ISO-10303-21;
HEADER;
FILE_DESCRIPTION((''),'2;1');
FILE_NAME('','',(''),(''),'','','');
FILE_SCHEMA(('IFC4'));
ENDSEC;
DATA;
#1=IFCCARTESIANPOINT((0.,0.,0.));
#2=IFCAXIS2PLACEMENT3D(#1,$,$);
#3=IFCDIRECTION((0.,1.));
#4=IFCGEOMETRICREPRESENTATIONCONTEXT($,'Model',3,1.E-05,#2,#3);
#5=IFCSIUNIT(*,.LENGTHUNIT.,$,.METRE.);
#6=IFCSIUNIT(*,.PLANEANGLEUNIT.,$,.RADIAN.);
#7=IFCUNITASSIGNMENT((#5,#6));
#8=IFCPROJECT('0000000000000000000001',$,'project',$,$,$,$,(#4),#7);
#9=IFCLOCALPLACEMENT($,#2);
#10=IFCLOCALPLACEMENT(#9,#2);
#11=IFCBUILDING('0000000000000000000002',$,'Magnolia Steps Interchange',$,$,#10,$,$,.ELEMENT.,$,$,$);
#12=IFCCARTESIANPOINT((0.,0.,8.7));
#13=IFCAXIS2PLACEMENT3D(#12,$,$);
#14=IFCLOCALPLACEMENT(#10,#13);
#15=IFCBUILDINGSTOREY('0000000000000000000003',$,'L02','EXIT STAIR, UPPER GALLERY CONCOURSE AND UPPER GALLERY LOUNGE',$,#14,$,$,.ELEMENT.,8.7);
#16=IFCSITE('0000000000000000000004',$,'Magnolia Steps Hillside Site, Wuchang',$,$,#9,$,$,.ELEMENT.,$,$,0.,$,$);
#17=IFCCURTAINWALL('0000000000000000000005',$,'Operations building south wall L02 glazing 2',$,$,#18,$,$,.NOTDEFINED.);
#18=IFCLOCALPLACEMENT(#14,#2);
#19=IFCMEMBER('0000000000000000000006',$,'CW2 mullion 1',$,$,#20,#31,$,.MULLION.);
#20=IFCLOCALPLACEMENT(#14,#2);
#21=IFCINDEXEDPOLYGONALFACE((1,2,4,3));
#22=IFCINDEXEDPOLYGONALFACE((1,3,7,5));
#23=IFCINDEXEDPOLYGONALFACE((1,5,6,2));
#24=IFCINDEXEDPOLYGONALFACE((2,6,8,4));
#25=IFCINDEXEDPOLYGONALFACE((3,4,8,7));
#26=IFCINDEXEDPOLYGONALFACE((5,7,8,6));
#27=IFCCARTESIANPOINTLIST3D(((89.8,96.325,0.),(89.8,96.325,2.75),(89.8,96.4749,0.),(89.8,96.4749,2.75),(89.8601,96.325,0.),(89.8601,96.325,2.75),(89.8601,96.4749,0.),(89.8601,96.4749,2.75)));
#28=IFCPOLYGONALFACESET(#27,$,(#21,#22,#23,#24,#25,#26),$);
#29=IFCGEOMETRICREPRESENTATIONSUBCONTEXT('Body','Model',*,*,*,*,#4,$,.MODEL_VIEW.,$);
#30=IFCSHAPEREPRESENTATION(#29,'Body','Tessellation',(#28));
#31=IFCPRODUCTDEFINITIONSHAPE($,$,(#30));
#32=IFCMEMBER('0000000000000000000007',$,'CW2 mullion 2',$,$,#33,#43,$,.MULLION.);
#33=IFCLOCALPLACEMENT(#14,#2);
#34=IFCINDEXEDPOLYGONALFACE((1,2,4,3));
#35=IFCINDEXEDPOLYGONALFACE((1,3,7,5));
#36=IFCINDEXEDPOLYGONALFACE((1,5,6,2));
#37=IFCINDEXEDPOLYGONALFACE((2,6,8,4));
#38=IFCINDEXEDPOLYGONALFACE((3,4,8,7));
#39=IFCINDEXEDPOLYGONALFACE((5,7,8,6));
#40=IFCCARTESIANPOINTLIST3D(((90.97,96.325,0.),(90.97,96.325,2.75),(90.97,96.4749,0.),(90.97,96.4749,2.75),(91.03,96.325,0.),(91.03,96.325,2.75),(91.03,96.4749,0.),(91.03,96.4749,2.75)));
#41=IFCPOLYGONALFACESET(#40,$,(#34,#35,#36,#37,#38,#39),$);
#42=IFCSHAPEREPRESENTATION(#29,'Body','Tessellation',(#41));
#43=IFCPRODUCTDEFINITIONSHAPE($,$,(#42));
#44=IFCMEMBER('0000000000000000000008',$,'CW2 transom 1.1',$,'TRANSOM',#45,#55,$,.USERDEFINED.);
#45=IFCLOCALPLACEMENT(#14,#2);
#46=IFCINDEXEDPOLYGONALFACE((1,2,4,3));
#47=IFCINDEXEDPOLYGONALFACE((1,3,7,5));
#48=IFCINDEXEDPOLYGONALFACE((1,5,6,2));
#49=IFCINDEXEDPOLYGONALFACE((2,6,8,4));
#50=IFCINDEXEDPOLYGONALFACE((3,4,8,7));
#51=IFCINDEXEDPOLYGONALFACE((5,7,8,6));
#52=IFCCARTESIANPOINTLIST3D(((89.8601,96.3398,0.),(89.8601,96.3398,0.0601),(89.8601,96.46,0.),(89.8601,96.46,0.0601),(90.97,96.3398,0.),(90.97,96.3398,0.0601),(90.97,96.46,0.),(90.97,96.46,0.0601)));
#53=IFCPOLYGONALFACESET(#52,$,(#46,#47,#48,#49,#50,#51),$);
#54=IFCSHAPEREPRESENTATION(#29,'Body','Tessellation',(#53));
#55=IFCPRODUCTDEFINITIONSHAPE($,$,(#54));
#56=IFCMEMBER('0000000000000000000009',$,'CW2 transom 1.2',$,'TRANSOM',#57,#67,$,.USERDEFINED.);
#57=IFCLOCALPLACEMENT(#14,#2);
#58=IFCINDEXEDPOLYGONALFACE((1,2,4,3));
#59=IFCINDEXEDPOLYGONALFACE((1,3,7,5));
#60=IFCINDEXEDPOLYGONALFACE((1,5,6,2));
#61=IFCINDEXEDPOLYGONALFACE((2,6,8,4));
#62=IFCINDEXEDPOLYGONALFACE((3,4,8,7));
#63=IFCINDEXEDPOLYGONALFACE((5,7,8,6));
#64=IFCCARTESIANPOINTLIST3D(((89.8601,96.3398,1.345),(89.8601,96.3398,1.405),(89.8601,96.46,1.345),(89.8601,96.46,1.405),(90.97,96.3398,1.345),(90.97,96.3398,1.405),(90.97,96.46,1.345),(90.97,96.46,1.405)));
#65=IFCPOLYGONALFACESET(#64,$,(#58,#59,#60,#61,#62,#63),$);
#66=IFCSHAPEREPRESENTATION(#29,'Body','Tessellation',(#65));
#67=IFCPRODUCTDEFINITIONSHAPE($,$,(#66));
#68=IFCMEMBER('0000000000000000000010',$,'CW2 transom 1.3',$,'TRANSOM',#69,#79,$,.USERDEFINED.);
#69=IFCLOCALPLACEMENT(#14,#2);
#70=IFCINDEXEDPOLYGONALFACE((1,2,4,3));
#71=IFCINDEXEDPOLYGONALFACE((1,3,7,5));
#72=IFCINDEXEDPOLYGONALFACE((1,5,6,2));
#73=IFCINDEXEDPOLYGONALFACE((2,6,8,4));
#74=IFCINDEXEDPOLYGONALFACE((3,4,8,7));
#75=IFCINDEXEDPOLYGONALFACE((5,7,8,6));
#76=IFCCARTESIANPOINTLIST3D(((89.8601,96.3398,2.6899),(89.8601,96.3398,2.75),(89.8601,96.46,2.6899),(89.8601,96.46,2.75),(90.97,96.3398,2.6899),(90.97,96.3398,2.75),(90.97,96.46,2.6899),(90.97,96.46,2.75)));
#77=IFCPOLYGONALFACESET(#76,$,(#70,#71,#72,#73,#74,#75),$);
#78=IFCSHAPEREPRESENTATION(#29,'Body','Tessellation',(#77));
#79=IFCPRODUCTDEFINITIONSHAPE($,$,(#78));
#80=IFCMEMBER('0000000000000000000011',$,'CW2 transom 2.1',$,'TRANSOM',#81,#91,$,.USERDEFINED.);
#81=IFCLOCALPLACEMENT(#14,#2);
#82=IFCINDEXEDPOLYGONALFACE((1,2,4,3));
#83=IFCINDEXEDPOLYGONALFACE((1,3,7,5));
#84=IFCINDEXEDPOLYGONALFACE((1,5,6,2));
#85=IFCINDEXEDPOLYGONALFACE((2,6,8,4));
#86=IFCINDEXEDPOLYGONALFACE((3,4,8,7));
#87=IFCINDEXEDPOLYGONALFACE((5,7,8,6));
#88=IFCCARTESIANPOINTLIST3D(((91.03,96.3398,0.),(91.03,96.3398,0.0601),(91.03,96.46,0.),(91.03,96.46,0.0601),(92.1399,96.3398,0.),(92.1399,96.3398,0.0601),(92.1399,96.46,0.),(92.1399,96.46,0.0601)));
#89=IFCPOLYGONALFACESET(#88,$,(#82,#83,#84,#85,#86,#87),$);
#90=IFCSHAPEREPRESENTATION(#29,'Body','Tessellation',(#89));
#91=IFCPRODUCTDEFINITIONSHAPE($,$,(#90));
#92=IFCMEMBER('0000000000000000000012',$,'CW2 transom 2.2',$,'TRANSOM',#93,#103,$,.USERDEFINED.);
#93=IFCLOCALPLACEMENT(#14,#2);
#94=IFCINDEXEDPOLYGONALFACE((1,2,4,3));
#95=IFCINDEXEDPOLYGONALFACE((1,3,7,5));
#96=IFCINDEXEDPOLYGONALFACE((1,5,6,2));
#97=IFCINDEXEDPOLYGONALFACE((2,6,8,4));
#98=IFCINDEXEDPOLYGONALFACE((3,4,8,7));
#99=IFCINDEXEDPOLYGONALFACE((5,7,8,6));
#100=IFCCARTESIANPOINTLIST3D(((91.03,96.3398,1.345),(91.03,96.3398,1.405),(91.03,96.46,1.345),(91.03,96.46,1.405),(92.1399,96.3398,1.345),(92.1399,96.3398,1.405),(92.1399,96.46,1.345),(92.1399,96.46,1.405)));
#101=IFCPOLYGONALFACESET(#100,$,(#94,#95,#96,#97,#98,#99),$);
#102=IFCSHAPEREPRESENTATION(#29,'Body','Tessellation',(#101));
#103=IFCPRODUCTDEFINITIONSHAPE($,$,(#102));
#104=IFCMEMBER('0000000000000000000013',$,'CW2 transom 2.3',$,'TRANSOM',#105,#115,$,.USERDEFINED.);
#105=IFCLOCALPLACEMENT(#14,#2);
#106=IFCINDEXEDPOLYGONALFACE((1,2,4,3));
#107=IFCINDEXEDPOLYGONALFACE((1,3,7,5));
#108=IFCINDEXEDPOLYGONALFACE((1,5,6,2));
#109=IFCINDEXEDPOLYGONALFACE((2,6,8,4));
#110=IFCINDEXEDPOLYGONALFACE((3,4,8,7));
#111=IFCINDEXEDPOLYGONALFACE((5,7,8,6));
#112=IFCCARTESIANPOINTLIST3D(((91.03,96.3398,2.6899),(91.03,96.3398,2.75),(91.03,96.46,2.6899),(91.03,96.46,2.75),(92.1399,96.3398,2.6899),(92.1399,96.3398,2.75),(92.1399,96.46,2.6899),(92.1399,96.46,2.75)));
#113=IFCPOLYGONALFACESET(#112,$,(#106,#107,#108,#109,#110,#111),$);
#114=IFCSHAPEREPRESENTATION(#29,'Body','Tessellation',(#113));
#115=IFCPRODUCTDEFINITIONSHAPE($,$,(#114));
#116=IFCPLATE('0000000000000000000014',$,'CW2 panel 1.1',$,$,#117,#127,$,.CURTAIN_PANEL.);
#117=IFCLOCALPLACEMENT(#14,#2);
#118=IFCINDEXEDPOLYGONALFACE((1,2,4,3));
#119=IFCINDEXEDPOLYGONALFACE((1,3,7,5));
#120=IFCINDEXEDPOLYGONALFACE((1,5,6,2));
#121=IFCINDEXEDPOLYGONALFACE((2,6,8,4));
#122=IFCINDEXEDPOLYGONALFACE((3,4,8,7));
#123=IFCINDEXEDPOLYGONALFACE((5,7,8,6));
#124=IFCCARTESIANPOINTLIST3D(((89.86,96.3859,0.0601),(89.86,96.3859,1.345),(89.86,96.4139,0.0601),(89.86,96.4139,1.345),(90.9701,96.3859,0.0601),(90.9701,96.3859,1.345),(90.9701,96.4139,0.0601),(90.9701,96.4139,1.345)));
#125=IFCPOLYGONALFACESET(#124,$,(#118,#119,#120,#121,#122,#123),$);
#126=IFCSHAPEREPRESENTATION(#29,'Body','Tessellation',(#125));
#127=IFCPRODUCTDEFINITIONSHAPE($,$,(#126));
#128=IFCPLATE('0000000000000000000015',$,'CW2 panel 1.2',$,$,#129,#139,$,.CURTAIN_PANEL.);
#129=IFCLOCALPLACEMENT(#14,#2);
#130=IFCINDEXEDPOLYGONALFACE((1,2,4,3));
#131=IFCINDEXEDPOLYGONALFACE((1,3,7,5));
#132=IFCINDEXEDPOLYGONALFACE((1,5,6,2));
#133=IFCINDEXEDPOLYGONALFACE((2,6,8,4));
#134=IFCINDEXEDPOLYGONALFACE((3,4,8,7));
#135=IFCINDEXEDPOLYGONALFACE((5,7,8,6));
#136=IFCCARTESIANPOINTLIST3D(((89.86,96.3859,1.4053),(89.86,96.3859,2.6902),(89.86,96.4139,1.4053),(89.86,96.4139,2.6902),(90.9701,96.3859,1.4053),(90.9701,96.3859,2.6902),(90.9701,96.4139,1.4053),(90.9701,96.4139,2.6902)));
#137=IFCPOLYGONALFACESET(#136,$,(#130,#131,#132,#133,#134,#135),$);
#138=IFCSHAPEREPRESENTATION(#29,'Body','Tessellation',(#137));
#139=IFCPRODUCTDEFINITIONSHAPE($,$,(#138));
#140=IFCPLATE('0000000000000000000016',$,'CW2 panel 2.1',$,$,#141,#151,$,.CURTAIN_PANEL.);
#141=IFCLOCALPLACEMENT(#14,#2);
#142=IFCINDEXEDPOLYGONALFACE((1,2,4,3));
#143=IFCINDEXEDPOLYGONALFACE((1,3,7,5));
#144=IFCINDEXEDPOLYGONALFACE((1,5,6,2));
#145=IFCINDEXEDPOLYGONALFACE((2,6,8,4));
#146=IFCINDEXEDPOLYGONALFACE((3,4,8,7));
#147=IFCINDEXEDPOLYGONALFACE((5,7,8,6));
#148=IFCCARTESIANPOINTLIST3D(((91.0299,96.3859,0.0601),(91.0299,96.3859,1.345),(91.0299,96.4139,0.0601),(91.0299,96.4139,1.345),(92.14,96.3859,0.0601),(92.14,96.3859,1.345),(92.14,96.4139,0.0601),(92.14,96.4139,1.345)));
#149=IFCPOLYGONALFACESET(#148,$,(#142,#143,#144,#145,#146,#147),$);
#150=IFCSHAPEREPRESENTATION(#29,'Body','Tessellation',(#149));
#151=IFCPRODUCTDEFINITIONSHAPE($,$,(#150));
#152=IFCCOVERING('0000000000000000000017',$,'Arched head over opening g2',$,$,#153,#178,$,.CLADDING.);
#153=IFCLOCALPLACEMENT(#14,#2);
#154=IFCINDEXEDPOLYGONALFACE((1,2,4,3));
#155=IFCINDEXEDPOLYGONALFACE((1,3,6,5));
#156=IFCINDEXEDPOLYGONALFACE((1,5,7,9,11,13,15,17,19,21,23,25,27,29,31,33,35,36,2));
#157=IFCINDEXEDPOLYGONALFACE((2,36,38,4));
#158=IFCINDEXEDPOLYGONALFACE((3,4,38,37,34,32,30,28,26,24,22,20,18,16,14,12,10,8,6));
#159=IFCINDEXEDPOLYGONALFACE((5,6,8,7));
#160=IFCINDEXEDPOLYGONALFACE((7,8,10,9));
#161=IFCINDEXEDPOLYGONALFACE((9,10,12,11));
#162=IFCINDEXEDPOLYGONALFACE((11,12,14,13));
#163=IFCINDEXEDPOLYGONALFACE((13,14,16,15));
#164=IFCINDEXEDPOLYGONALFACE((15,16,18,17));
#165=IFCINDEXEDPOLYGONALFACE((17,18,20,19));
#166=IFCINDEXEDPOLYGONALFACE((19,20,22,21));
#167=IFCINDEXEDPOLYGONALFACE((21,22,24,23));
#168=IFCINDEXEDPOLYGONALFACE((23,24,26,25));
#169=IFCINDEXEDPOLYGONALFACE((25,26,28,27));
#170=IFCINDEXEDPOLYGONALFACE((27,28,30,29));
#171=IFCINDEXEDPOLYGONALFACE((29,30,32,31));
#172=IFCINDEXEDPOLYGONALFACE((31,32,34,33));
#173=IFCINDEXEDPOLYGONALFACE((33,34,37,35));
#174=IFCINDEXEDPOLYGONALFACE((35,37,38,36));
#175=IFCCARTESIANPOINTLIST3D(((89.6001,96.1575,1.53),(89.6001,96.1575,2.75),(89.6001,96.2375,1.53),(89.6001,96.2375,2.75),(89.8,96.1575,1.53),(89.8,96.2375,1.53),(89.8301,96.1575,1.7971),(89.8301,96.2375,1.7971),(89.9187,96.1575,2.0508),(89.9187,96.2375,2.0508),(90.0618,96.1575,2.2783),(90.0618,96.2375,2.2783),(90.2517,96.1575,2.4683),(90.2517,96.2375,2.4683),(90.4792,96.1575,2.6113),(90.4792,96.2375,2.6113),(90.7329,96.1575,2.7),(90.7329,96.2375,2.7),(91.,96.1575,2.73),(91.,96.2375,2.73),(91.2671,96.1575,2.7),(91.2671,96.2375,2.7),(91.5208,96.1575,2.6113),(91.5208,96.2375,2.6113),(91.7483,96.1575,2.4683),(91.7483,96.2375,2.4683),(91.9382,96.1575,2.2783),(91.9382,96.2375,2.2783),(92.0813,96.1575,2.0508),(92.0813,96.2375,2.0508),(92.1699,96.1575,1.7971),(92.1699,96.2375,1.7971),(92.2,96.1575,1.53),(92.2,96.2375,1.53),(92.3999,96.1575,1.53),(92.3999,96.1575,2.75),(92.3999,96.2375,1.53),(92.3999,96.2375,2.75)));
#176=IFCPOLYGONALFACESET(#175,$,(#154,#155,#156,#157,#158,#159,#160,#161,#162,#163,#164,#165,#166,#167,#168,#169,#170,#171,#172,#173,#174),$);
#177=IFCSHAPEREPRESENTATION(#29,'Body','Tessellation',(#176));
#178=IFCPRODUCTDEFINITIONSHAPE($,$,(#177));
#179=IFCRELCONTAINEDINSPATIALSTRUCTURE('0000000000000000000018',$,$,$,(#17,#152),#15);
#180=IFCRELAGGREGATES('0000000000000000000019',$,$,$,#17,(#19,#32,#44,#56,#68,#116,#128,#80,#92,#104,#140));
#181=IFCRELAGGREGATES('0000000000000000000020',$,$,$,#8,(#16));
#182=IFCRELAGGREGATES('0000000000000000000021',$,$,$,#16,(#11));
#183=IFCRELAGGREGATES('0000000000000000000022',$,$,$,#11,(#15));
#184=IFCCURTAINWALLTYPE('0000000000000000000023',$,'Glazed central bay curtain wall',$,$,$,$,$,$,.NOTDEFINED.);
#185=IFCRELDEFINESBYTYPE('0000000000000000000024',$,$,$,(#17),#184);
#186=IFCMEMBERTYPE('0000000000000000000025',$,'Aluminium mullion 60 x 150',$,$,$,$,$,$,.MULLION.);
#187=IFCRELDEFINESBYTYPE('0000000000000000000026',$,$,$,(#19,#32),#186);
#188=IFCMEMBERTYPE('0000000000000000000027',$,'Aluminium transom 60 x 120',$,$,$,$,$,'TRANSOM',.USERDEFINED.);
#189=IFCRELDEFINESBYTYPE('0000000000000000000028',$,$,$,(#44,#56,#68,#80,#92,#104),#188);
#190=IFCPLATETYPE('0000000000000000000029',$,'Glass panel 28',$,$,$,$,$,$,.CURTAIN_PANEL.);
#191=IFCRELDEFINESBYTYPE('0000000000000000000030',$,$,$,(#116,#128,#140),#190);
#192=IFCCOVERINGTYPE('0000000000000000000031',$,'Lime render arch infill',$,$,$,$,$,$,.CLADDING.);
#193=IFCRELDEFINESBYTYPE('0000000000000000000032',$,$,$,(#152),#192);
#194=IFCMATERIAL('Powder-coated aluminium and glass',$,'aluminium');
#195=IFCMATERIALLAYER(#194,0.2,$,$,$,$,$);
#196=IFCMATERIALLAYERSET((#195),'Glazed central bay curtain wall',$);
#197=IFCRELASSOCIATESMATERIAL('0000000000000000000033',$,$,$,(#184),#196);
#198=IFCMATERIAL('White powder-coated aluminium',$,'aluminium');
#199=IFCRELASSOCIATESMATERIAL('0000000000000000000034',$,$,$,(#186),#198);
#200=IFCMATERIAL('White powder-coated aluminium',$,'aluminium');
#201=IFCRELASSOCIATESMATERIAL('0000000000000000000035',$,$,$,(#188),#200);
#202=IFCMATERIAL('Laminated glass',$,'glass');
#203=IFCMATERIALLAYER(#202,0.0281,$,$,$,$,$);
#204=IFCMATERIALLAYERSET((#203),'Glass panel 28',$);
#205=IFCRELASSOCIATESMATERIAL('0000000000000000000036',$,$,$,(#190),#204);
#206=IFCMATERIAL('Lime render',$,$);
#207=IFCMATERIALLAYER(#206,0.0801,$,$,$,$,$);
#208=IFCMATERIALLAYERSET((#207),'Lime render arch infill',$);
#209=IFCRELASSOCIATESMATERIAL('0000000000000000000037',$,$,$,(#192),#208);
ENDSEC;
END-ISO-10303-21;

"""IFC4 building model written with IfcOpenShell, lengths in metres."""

from ifc_helpers import new_model, si_unit, direction, frame, origin, origin_2d, place, context, subcontext, project, spatial, polyline, rectangle, outline, extrude, material, layer, layer_set, material_profile, profile_set, type_object, element, aggregate, save


model = new_model("IFC4")

# Units and contexts
model_context = context("Model", 3, precision=1e-05, world=origin(), true_north=direction((0.0, 1.0)))
body_context = subcontext(model_context, "Body", "Model", "MODEL_VIEW")
ifc_project = project(units=[si_unit("LENGTHUNIT", "METRE"), si_unit("PLANEANGLEUNIT", "RADIAN")], contexts=[model_context])

# Site, building, storey
site_placement = place(None, origin())
site = spatial("IfcSite", under=ifc_project, at=site_placement, Name="Magnolia Steps Hillside Site, Wuchang", CompositionType="ELEMENT", RefElevation=0.0)
building_placement = place(site_placement, origin())
building = spatial("IfcBuilding", under=site, at=building_placement, Name="Magnolia Steps Interchange", CompositionType="ELEMENT")
storey_placement = place(building_placement, frame((0.0, 0.0, 8.7)))
storey = spatial("IfcBuildingStorey", under=building, at=storey_placement, Name="L02", Description="EXIT STAIR, UPPER GALLERY CONCOURSE AND UPPER GALLERY LOUNGE", CompositionType="ELEMENT", Elevation=8.7)

# Curtain wall, members, plates
ifc_material_1 = material(Name="Powder-coated aluminium and glass", Category="aluminium")
ifc_layer_1 = layer(ifc_material_1, 0.2)
ifc_layer_set_1 = layer_set([ifc_layer_1], Name="Glazed central bay curtain wall")
curtain_wall_type = type_object("IfcCurtainWallType", Name="Glazed central bay curtain wall", PredefinedType="NOTDEFINED", material=ifc_layer_set_1)
curtain_wall_placement = place(storey_placement, origin())
curtain_wall = element("IfcCurtainWall", 1, at=curtain_wall_placement, inside=storey, type_object=curtain_wall_type, Name="Operations building south wall L02 glazing 2", PredefinedType="NOTDEFINED")
ifc_material_2 = material(Name="White powder-coated aluminium", Category="aluminium")
ifc_material_profile_1 = material_profile(ifc_material_2, rectangle(XDim=0.0601, YDim=0.1499, at=origin_2d()), Name="Aluminium mullion 60 x 150")
ifc_profile_set_1 = profile_set([ifc_material_profile_1], Name="White powder-coated aluminium")
member_type_1 = type_object("IfcMemberType", Name="Aluminium mullion 60 x 150", PredefinedType="MULLION", material=ifc_profile_set_1)
member_1_placement = place(storey_placement, frame((89.8301, 96.3999, 0.0), z_axis=(0.0, 0.0, 1.0), x_axis=(1.0, 0.0, 0.0)))
member_1 = element("IfcMember", 2, at=member_1_placement, type_object=member_type_1, Name="CW2 mullion 1", PredefinedType="MULLION", context=body_context, shape_type="SweptSolid", body=[
    extrude(rectangle(XDim=0.0601, YDim=0.1499, at=origin_2d()), origin(), (0.0, 0.0, 1.0), 2.75),
])
member_2_placement = place(storey_placement, frame((91.0, 96.3999, 0.0), z_axis=(0.0, 0.0, 1.0), x_axis=(1.0, 0.0, 0.0)))
member_2 = element("IfcMember", 3, at=member_2_placement, type_object=member_type_1, Name="CW2 mullion 2", PredefinedType="MULLION", context=body_context, shape_type="SweptSolid", body=[
    extrude(rectangle(XDim=0.0601, YDim=0.1499, at=origin_2d()), origin(), (0.0, 0.0, 1.0), 2.75),
])
ifc_material_3 = material(Name="White powder-coated aluminium", Category="aluminium")
ifc_material_profile_2 = material_profile(ifc_material_3, rectangle(XDim=0.0601, YDim=0.1201, at=origin_2d()), Name="Aluminium transom 60 x 120")
ifc_profile_set_2 = profile_set([ifc_material_profile_2], Name="White powder-coated aluminium")
member_type_2 = type_object("IfcMemberType", Name="Aluminium transom 60 x 120", ElementType="TRANSOM", PredefinedType="USERDEFINED", material=ifc_profile_set_2)
member_3_placement = place(storey_placement, frame((89.8601, 96.3999, 0.03), z_axis=(1.0, 0.0, 0.0), x_axis=(0.0, 0.0, 1.0)))
member_3 = element("IfcMember", 4, at=member_3_placement, type_object=member_type_2, Name="CW2 transom 1.1", ObjectType="TRANSOM", PredefinedType="USERDEFINED", context=body_context, shape_type="SweptSolid", body=[
    extrude(rectangle(XDim=0.0601, YDim=0.1201, at=origin_2d()), origin(), (0.0, 0.0, 1.0), 1.1099),
])
member_4_placement = place(storey_placement, frame((89.8601, 96.3999, 1.375), z_axis=(1.0, 0.0, 0.0), x_axis=(0.0, 0.0, 1.0)))
member_4 = element("IfcMember", 5, at=member_4_placement, type_object=member_type_2, Name="CW2 transom 1.2", ObjectType="TRANSOM", PredefinedType="USERDEFINED", context=body_context, shape_type="SweptSolid", body=[
    extrude(rectangle(XDim=0.0601, YDim=0.1201, at=origin_2d()), origin(), (0.0, 0.0, 1.0), 1.1099),
])
member_5_placement = place(storey_placement, frame((89.8601, 96.3999, 2.72), z_axis=(1.0, 0.0, 0.0), x_axis=(0.0, 0.0, 1.0)))
member_5 = element("IfcMember", 6, at=member_5_placement, type_object=member_type_2, Name="CW2 transom 1.3", ObjectType="TRANSOM", PredefinedType="USERDEFINED", context=body_context, shape_type="SweptSolid", body=[
    extrude(rectangle(XDim=0.0601, YDim=0.1201, at=origin_2d()), origin(), (0.0, 0.0, 1.0), 1.1099),
])
member_6_placement = place(storey_placement, frame((91.03, 96.3999, 0.03), z_axis=(1.0, 0.0, 0.0), x_axis=(0.0, 0.0, 1.0)))
member_6 = element("IfcMember", 7, at=member_6_placement, type_object=member_type_2, Name="CW2 transom 2.1", ObjectType="TRANSOM", PredefinedType="USERDEFINED", context=body_context, shape_type="SweptSolid", body=[
    extrude(rectangle(XDim=0.0601, YDim=0.1201, at=origin_2d()), origin(), (0.0, 0.0, 1.0), 1.1099),
])
member_7_placement = place(storey_placement, frame((91.03, 96.3999, 1.375), z_axis=(1.0, 0.0, 0.0), x_axis=(0.0, 0.0, 1.0)))
member_7 = element("IfcMember", 8, at=member_7_placement, type_object=member_type_2, Name="CW2 transom 2.2", ObjectType="TRANSOM", PredefinedType="USERDEFINED", context=body_context, shape_type="SweptSolid", body=[
    extrude(rectangle(XDim=0.0601, YDim=0.1201, at=origin_2d()), origin(), (0.0, 0.0, 1.0), 1.1099),
])
member_8_placement = place(storey_placement, frame((91.03, 96.3999, 2.72), z_axis=(1.0, 0.0, 0.0), x_axis=(0.0, 0.0, 1.0)))
member_8 = element("IfcMember", 9, at=member_8_placement, type_object=member_type_2, Name="CW2 transom 2.3", ObjectType="TRANSOM", PredefinedType="USERDEFINED", context=body_context, shape_type="SweptSolid", body=[
    extrude(rectangle(XDim=0.0601, YDim=0.1201, at=origin_2d()), origin(), (0.0, 0.0, 1.0), 1.1099),
])
ifc_material_4 = material(Name="Laminated glass", Category="glass")
ifc_layer_2 = layer(ifc_material_4, 0.0281)
ifc_layer_set_2 = layer_set([ifc_layer_2], Name="Glass panel 28")
plate_type = type_object("IfcPlateType", Name="Glass panel 28", PredefinedType="CURTAIN_PANEL", material=ifc_layer_set_2)
plate_1_placement = place(storey_placement, frame((90.415, 96.3999, 0.0601), z_axis=(0.0, 0.0, 1.0), x_axis=(1.0, 0.0, 0.0)))
plate_1 = element("IfcPlate", 10, at=plate_1_placement, type_object=plate_type, Name="CW2 panel 1.1", PredefinedType="CURTAIN_PANEL", context=body_context, shape_type="SweptSolid", body=[
    extrude(rectangle(XDim=1.1101, YDim=0.0281, at=origin_2d()), origin(), (0.0, 0.0, 1.0), 1.2849),
])
plate_2_placement = place(storey_placement, frame((90.415, 96.3999, 1.4053), z_axis=(0.0, 0.0, 1.0), x_axis=(1.0, 0.0, 0.0)))
plate_2 = element("IfcPlate", 11, at=plate_2_placement, type_object=plate_type, Name="CW2 panel 1.2", PredefinedType="CURTAIN_PANEL", context=body_context, shape_type="SweptSolid", body=[
    extrude(rectangle(XDim=1.1101, YDim=0.0281, at=origin_2d()), origin(), (0.0, 0.0, 1.0), 1.2849),
])
plate_3_placement = place(storey_placement, frame((91.585, 96.3999, 0.0601), z_axis=(0.0, 0.0, 1.0), x_axis=(1.0, 0.0, 0.0)))
plate_3 = element("IfcPlate", 12, at=plate_3_placement, type_object=plate_type, Name="CW2 panel 2.1", PredefinedType="CURTAIN_PANEL", context=body_context, shape_type="SweptSolid", body=[
    extrude(rectangle(XDim=1.1101, YDim=0.0281, at=origin_2d()), origin(), (0.0, 0.0, 1.0), 1.2849),
])
aggregate(curtain_wall, [member_1, member_2, member_3, member_4, member_5, plate_1, plate_2, member_6, member_7, member_8, plate_3])

# Covering
ifc_material_5 = material(Name="Lime render")
ifc_layer_3 = layer(ifc_material_5, 0.0801)
ifc_layer_set_3 = layer_set([ifc_layer_3], Name="Lime render arch infill")
covering_type_1 = type_object("IfcCoveringType", Name="Lime render arch infill", PredefinedType="CLADDING", material=ifc_layer_set_3)
covering_1_placement = place(storey_placement, frame((89.6001, 96.2375, 1.53), z_axis=(0.0, 1.0, 0.0), x_axis=(0.0, 0.0, 1.0)))
element("IfcCovering", 13, at=covering_1_placement, inside=storey, type_object=covering_type_1, Name="Arched head over opening g2", PredefinedType="CLADDING", context=body_context, shape_type="SweptSolid", body=[
    extrude(outline(polyline([(0.0, 0.0), (1.22, 0.0), (1.22, 2.7998), (0.0, 2.7998), (0.0, 2.5999), (0.2671, 2.5698), (0.5208, 2.4812), (0.7483, 2.3381), (0.9382, 2.1482), (1.0813, 1.9207), (1.1699, 1.667), (1.2, 1.3999), (1.1699, 1.1328), (1.0813, 0.8792), (0.9382, 0.6516), (0.7483, 0.4617), (0.5208, 0.3186), (0.2671, 0.23), (0.0, 0.2), (0.0, 0.0)])), origin(), (0.0, 0.0, -1.0), 0.0801),
])

save(model, "model.ifc")
